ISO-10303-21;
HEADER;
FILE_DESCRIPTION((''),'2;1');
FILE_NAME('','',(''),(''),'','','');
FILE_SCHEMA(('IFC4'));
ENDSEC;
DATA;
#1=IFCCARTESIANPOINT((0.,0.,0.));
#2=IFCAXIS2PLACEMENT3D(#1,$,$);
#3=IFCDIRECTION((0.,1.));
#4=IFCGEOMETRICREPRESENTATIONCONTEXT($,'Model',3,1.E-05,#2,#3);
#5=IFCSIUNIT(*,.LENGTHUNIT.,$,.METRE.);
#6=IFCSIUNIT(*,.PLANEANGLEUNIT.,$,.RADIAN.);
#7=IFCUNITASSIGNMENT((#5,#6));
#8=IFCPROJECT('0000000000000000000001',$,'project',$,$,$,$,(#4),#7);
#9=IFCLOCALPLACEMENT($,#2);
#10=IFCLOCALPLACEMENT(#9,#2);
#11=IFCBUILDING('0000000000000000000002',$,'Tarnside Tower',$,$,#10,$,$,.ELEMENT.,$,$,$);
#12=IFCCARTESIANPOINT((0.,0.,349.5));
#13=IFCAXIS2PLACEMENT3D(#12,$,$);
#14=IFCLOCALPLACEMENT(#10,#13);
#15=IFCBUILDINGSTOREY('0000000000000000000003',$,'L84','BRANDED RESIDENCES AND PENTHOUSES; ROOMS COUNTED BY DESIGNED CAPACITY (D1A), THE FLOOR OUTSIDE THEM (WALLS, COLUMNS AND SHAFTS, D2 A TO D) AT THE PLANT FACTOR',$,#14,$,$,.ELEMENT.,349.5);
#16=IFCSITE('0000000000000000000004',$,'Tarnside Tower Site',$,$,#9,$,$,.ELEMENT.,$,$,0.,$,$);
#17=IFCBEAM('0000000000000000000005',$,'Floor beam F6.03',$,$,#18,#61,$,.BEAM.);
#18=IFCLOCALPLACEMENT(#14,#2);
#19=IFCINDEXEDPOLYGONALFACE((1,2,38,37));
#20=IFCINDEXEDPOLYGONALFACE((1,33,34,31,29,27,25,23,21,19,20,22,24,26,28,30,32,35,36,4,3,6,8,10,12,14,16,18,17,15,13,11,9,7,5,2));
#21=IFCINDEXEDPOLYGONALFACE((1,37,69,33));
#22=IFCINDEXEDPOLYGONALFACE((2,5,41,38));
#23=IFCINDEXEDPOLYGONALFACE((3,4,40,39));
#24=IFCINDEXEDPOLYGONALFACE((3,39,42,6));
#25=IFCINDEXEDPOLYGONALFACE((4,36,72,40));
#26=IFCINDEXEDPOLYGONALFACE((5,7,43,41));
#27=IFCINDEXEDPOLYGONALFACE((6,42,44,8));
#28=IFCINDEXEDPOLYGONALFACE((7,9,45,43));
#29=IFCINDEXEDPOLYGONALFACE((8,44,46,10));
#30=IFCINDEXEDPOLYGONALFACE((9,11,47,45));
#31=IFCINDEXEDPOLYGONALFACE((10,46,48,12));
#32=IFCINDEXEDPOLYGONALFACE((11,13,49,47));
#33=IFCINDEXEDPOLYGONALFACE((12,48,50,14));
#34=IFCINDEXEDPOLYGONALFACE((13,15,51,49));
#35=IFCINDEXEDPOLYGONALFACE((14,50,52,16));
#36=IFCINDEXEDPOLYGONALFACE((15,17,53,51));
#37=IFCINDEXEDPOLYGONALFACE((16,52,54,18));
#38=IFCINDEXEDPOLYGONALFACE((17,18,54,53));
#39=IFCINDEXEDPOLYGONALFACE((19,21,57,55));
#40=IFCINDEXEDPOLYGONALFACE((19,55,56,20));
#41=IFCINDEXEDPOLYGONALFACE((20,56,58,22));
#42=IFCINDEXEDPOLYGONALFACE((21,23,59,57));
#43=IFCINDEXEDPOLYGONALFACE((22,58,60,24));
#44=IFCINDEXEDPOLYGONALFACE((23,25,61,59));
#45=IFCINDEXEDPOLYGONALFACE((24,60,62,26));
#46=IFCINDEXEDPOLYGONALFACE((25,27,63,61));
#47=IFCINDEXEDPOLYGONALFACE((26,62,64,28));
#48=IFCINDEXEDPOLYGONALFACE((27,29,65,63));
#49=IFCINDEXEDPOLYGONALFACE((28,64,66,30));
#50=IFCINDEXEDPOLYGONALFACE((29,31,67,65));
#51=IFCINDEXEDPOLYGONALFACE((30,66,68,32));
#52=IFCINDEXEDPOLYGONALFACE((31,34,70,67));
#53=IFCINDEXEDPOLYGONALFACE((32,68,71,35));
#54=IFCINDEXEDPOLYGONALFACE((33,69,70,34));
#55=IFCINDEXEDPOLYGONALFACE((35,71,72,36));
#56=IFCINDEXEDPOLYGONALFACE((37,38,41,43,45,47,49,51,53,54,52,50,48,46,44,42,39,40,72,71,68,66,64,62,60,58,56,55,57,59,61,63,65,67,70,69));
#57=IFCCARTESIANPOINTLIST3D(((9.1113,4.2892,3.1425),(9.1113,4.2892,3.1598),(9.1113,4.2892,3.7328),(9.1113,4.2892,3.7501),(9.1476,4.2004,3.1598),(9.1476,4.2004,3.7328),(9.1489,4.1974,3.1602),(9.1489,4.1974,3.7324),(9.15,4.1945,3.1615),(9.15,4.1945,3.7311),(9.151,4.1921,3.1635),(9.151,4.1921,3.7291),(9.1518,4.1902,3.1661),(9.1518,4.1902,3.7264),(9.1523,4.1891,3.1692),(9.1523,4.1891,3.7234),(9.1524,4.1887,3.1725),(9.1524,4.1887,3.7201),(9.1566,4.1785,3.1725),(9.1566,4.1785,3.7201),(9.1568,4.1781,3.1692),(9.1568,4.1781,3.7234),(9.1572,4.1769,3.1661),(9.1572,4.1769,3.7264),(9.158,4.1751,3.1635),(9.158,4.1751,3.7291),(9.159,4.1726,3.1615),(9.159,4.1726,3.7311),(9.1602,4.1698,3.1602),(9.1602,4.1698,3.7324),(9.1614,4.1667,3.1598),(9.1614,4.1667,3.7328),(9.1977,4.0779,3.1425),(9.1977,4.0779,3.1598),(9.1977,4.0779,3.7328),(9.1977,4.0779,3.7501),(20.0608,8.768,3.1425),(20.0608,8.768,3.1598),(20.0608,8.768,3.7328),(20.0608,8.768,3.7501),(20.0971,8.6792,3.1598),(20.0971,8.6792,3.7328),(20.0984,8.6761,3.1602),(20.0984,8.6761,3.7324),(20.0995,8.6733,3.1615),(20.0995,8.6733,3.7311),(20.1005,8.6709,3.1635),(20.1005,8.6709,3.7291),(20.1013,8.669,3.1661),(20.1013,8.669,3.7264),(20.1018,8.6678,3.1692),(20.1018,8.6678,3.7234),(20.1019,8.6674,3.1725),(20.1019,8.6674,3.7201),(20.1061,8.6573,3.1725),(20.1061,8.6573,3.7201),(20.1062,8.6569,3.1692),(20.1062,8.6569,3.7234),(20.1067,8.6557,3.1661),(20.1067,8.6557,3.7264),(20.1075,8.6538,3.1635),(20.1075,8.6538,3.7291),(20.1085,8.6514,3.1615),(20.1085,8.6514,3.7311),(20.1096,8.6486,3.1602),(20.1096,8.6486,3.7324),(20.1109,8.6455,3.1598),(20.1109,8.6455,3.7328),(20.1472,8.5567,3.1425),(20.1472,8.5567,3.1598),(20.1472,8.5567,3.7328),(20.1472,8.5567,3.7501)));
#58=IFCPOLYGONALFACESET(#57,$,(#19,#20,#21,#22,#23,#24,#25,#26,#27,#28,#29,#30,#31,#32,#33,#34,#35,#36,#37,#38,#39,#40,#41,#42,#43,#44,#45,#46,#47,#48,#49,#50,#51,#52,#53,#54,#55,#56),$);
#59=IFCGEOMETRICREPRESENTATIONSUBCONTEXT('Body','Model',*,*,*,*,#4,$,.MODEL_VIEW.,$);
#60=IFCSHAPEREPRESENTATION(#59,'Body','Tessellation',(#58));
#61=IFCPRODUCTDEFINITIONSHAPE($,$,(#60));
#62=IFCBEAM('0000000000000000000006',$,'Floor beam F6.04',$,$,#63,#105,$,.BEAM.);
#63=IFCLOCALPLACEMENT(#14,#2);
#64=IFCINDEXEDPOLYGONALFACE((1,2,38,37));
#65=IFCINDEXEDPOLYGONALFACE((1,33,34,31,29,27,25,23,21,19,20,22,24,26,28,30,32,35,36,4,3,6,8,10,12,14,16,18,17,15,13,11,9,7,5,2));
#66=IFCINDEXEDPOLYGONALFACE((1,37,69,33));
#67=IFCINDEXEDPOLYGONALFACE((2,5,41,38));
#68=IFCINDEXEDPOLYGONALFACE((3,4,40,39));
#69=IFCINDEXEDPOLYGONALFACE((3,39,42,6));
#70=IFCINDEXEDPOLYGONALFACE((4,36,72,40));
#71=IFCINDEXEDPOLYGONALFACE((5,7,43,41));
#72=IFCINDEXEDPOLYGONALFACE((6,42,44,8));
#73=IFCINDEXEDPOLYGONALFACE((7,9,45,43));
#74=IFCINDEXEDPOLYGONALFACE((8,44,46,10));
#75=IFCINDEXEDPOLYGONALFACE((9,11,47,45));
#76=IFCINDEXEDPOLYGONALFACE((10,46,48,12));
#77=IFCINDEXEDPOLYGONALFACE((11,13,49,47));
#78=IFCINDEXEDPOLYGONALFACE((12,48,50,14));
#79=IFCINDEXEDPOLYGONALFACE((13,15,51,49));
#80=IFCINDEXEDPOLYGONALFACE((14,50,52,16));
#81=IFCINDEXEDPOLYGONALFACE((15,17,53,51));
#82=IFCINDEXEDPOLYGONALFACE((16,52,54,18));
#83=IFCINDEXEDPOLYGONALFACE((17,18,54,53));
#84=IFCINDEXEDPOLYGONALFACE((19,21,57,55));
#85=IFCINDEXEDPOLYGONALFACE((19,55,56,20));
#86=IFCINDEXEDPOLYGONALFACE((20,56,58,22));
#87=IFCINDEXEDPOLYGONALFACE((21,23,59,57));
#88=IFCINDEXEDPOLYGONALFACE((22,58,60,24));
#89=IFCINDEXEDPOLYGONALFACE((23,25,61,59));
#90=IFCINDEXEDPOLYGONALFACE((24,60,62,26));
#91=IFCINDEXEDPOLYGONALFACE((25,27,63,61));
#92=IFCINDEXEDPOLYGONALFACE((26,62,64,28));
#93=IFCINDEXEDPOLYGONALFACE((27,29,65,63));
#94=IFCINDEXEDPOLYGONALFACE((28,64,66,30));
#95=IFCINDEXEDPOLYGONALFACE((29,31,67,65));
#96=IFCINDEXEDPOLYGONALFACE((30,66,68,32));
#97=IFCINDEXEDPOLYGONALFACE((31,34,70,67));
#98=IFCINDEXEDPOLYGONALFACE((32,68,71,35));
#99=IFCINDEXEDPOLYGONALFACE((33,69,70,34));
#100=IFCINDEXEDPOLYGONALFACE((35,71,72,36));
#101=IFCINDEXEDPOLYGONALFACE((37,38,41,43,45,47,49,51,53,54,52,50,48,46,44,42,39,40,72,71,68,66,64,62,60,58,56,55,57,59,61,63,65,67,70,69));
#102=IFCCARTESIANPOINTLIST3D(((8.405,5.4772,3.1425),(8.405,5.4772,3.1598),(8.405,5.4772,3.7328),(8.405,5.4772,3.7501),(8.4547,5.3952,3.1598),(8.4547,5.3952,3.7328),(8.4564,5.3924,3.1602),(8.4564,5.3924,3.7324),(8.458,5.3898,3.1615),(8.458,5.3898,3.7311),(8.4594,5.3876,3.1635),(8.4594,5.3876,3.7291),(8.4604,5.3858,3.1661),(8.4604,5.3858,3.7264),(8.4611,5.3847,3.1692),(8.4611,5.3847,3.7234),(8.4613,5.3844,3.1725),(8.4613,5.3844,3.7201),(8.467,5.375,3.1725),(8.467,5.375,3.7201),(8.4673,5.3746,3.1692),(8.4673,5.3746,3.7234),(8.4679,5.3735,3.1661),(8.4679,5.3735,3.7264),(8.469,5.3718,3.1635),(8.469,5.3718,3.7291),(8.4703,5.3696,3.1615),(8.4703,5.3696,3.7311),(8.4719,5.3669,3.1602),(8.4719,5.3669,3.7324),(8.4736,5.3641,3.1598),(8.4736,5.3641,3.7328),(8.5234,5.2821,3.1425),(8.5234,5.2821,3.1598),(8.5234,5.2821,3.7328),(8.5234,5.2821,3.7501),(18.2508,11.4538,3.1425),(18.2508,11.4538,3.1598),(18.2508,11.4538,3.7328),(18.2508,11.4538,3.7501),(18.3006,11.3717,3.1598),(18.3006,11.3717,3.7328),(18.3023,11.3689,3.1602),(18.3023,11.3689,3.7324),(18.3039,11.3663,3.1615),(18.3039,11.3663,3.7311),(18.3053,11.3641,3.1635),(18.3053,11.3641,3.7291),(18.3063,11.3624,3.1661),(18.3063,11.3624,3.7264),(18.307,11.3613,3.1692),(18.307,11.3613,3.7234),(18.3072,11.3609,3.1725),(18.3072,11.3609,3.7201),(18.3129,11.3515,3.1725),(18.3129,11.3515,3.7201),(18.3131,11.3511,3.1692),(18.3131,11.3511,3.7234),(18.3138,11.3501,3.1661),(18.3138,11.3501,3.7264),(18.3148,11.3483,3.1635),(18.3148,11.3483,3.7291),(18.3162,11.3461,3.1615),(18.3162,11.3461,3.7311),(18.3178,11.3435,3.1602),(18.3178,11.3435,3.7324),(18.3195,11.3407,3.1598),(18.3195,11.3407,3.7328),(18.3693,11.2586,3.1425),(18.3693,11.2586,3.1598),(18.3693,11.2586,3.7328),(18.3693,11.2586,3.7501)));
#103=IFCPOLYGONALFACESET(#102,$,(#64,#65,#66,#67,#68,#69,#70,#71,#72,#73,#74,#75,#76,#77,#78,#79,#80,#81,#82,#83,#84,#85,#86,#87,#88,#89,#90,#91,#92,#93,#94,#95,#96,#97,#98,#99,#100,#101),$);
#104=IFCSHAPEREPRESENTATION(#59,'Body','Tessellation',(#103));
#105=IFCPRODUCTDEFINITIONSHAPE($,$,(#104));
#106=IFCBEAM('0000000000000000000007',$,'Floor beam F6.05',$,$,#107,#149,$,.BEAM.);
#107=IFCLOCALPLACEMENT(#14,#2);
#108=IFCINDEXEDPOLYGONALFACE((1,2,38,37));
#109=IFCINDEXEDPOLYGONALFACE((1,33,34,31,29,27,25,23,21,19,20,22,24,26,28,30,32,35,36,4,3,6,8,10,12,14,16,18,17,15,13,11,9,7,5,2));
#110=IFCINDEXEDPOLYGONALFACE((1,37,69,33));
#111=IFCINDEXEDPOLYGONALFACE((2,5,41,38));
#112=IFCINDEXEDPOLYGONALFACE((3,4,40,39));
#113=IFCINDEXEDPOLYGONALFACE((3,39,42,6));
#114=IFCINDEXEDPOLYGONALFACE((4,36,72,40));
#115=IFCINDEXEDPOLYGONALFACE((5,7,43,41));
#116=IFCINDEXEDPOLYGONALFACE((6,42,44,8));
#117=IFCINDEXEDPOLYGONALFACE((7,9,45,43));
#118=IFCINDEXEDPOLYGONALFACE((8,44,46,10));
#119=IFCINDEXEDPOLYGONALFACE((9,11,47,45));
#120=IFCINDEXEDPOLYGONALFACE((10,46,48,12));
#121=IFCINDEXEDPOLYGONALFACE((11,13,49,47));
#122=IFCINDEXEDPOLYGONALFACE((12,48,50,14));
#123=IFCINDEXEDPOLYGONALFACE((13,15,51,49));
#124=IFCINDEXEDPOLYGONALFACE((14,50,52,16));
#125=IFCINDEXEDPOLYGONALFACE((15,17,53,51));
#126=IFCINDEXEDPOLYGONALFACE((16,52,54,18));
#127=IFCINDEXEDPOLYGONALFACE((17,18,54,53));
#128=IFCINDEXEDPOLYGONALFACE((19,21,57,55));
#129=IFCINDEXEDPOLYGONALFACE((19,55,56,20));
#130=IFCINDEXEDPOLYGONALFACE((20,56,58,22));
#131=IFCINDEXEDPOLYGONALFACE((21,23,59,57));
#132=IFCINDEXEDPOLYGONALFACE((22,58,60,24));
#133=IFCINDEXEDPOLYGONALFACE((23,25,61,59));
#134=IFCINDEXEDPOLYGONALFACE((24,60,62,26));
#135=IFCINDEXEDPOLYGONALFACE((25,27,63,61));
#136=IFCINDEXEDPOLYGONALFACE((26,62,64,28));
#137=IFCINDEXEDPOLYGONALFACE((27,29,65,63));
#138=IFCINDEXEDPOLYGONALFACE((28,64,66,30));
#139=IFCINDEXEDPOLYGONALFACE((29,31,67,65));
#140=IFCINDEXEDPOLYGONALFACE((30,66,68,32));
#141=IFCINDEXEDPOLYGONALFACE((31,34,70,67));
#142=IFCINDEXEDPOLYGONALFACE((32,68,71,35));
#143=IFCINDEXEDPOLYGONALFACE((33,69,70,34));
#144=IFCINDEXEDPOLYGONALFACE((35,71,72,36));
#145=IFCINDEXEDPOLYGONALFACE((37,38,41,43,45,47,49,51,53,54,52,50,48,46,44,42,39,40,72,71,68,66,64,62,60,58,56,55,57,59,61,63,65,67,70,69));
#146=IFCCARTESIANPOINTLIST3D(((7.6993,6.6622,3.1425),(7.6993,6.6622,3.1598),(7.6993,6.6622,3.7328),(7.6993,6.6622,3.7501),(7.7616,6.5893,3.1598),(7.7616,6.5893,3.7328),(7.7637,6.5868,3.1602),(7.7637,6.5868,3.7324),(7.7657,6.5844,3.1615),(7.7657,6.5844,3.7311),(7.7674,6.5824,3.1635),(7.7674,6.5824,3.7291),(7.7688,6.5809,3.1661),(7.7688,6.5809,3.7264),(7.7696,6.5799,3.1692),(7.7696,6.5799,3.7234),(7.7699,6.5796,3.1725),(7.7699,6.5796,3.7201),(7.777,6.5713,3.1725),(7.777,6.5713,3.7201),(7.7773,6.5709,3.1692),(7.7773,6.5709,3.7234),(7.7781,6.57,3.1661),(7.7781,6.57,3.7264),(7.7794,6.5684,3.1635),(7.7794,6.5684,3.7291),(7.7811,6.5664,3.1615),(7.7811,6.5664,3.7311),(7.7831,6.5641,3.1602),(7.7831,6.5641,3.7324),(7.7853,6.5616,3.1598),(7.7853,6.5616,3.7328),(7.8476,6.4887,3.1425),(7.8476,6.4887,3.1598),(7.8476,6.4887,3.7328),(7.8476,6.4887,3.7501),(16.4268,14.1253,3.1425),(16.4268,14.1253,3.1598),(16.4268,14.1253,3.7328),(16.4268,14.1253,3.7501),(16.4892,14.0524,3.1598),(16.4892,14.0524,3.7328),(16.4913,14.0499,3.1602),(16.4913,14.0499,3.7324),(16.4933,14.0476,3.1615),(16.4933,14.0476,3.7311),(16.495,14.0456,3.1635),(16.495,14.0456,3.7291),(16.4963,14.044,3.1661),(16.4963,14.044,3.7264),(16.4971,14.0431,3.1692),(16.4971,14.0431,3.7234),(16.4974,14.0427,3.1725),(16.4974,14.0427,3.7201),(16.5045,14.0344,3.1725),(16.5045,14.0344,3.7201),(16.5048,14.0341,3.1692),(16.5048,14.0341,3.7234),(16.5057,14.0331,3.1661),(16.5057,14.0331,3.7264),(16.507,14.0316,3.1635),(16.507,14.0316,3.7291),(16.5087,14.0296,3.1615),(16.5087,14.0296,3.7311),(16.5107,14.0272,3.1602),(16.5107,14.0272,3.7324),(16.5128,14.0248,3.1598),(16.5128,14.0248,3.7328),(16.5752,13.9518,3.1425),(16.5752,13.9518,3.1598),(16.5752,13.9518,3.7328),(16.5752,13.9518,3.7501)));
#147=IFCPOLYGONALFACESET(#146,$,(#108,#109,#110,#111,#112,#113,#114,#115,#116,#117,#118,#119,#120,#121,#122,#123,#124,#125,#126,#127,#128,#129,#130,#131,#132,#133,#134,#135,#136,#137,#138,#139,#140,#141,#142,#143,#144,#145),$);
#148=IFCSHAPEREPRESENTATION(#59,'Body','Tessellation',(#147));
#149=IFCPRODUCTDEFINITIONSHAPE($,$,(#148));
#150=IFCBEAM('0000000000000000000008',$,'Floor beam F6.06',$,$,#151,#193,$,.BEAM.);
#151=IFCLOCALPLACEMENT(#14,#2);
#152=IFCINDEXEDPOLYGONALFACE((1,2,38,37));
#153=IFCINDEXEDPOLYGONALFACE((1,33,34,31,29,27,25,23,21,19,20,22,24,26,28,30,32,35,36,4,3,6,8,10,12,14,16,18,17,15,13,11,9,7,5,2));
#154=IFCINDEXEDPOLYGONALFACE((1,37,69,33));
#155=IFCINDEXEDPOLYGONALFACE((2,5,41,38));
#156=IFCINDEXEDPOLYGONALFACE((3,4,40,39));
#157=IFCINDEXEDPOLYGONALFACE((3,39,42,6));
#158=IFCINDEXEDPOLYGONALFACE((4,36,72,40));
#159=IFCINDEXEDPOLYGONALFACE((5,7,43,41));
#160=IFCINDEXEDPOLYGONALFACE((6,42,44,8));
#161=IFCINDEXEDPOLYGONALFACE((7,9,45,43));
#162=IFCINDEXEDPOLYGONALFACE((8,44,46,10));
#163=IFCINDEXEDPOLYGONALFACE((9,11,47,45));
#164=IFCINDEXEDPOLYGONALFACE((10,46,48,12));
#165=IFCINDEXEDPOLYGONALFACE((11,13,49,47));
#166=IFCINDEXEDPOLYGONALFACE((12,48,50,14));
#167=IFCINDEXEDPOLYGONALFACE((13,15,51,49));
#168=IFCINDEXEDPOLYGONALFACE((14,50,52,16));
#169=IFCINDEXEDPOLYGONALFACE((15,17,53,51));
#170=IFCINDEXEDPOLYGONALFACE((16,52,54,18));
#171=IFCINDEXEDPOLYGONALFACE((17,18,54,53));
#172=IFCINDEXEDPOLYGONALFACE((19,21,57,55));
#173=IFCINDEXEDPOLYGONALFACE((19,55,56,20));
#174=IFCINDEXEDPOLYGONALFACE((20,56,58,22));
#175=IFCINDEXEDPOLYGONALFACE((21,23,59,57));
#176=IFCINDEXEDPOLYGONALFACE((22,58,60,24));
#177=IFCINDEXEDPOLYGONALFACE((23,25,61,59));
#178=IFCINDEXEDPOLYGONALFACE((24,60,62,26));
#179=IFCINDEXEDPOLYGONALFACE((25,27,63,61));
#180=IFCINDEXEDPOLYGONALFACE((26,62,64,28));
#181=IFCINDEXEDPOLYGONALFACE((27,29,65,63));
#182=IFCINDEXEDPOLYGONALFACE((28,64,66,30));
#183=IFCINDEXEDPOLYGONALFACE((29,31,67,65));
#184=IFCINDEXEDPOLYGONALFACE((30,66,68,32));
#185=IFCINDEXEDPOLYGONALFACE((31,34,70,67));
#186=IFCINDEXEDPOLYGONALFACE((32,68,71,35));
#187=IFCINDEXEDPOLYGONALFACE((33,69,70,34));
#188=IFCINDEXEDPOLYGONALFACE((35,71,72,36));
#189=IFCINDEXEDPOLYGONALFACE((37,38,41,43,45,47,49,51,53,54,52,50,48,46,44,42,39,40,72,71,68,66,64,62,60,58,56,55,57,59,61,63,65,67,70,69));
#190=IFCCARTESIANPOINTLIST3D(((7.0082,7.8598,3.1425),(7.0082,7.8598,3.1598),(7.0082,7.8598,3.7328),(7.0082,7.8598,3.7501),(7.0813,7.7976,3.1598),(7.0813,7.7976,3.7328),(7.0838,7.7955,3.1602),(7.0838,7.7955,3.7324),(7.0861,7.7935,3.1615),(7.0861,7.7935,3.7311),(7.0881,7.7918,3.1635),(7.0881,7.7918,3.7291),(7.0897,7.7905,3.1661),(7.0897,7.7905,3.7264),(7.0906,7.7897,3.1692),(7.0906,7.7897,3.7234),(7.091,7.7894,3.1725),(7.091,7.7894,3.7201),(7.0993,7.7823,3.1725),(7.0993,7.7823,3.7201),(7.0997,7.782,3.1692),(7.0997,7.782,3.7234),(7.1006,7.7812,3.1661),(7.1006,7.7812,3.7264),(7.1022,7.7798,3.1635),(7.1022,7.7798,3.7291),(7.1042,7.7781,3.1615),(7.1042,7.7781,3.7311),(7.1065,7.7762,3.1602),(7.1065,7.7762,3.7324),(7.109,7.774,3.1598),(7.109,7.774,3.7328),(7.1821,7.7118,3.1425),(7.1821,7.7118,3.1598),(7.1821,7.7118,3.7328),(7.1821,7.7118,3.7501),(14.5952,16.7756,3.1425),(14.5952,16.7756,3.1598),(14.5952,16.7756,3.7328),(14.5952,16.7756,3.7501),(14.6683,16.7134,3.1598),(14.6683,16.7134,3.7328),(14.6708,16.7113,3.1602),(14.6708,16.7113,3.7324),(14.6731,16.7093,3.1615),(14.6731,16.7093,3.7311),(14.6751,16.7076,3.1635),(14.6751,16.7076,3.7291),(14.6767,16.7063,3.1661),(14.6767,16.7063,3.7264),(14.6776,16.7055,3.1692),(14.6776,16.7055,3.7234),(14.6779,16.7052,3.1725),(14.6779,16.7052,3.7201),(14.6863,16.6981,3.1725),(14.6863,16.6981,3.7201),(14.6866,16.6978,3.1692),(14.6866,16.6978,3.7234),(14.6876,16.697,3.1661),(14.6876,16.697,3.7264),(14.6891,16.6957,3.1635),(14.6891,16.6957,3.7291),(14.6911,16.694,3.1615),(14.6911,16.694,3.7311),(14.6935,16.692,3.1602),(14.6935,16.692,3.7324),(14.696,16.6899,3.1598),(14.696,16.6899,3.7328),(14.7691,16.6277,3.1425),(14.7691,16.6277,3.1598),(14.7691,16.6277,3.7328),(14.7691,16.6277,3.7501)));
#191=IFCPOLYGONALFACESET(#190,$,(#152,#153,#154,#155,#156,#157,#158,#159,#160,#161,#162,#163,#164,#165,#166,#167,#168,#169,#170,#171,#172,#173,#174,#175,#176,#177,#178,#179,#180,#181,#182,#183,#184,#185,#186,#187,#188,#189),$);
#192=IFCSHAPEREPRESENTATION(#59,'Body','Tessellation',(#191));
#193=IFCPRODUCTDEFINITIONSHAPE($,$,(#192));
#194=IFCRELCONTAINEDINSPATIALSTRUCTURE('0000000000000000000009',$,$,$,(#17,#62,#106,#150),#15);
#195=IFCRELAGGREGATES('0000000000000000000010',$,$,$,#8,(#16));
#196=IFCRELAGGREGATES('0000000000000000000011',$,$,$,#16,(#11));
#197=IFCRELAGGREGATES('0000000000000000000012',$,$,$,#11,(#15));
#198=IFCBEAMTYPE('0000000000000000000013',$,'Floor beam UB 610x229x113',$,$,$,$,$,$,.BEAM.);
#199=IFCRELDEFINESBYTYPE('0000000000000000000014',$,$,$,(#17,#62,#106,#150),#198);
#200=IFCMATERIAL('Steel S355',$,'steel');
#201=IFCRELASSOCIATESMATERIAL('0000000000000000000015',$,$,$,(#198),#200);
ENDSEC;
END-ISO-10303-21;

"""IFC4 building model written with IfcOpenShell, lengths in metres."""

from ifc_helpers import new_model, si_unit, direction, frame, origin, origin_2d, place, context, subcontext, project, spatial, i_section, extrude, material, material_profile, profile_set, type_object, element, save


model = new_model("IFC4")

# Units and contexts
model_context = context("Model", 3, precision=1e-05, world=origin(), true_north=direction((0.0, 1.0)))
body_context = subcontext(model_context, "Body", "Model", "MODEL_VIEW")
ifc_project = project(units=[si_unit("LENGTHUNIT", "METRE"), si_unit("PLANEANGLEUNIT", "RADIAN")], contexts=[model_context])

# Site, building, storey
site_placement = place(None, origin())
site = spatial("IfcSite", under=ifc_project, at=site_placement, Name="Tarnside Tower Site", CompositionType="ELEMENT", RefElevation=0.0)
building_placement = place(site_placement, origin())
building = spatial("IfcBuilding", under=site, at=building_placement, Name="Tarnside Tower", CompositionType="ELEMENT")
storey_placement = place(building_placement, frame((0.0, 0.0, 349.5)))
storey = spatial("IfcBuildingStorey", under=building, at=storey_placement, Name="L84", Description="BRANDED RESIDENCES AND PENTHOUSES; ROOMS COUNTED BY DESIGNED CAPACITY (D1A), THE FLOOR OUTSIDE THEM (WALLS, COLUMNS AND SHAFTS, D2 A TO D) AT THE PLANT FACTOR", CompositionType="ELEMENT", Elevation=349.5)

# Beams
ifc_material_1 = material(Name="Steel S355", Category="steel")
ifc_material_profile = material_profile(ifc_material_1, i_section(OverallWidth=0.2283, OverallDepth=0.6077, WebThickness=0.011, FlangeThickness=0.0173, FilletRadius=0.0127, at=origin_2d()), Name="UB 610x229x113")
ifc_profile_set = profile_set([ifc_material_profile], Name="Steel S355")
beam_type = type_object("IfcBeamType", Name="Floor beam UB 610x229x113", PredefinedType="BEAM", material=ifc_profile_set)
beam_1_placement = place(storey_placement, frame((20.104, 8.6624, 3.4463), z_axis=(-0.925564, -0.378592, 0.0), x_axis=(0.378592, -0.925564, 0.0)))
element("IfcBeam", 1, at=beam_1_placement, inside=storey, type_object=beam_type, Name="Floor beam F6.03", PredefinedType="BEAM", context=body_context, shape_type="SweptSolid", body=[
    extrude(i_section(OverallWidth=0.2283, OverallDepth=0.6077, WebThickness=0.011, FlangeThickness=0.0173, FilletRadius=0.0127, at=origin_2d()), origin(), (0.0, 0.0, 1.0), 11.8301),
])
beam_2_placement = place(storey_placement, frame((18.3101, 11.3562, 3.4463), z_axis=(-0.854839, -0.518894, 0.0), x_axis=(0.518894, -0.854839, 0.0)))
element("IfcBeam", 2, at=beam_2_placement, inside=storey, type_object=beam_type, Name="Floor beam F6.04", PredefinedType="BEAM", context=body_context, shape_type="SweptSolid", body=[
    extrude(i_section(OverallWidth=0.2283, OverallDepth=0.6077, WebThickness=0.011, FlangeThickness=0.0173, FilletRadius=0.0127, at=origin_2d()), origin(), (0.0, 0.0, 1.0), 11.5178),
])
beam_3_placement = place(storey_placement, frame((16.501, 14.0386, 3.4463), z_axis=(-0.760014, -0.649907, 0.0), x_axis=(0.649907, -0.760014, 0.0)))
element("IfcBeam", 3, at=beam_3_placement, inside=storey, type_object=beam_type, Name="Floor beam F6.05", PredefinedType="BEAM", context=body_context, shape_type="SweptSolid", body=[
    extrude(i_section(OverallWidth=0.2283, OverallDepth=0.6077, WebThickness=0.011, FlangeThickness=0.0173, FilletRadius=0.0127, at=origin_2d()), origin(), (0.0, 0.0, 1.0), 11.4834),
])
beam_4_placement = place(storey_placement, frame((14.6821, 16.7017, 3.4463), z_axis=(-0.64807, -0.761581, 0.0), x_axis=(0.761581, -0.64807, 0.0)))
element("IfcBeam", 4, at=beam_4_placement, inside=storey, type_object=beam_type, Name="Floor beam F6.06", PredefinedType="BEAM", context=body_context, shape_type="SweptSolid", body=[
    extrude(i_section(OverallWidth=0.2283, OverallDepth=0.6077, WebThickness=0.011, FlangeThickness=0.0173, FilletRadius=0.0127, at=origin_2d()), origin(), (0.0, 0.0, 1.0), 11.707),
])

save(model, "model.ifc")
